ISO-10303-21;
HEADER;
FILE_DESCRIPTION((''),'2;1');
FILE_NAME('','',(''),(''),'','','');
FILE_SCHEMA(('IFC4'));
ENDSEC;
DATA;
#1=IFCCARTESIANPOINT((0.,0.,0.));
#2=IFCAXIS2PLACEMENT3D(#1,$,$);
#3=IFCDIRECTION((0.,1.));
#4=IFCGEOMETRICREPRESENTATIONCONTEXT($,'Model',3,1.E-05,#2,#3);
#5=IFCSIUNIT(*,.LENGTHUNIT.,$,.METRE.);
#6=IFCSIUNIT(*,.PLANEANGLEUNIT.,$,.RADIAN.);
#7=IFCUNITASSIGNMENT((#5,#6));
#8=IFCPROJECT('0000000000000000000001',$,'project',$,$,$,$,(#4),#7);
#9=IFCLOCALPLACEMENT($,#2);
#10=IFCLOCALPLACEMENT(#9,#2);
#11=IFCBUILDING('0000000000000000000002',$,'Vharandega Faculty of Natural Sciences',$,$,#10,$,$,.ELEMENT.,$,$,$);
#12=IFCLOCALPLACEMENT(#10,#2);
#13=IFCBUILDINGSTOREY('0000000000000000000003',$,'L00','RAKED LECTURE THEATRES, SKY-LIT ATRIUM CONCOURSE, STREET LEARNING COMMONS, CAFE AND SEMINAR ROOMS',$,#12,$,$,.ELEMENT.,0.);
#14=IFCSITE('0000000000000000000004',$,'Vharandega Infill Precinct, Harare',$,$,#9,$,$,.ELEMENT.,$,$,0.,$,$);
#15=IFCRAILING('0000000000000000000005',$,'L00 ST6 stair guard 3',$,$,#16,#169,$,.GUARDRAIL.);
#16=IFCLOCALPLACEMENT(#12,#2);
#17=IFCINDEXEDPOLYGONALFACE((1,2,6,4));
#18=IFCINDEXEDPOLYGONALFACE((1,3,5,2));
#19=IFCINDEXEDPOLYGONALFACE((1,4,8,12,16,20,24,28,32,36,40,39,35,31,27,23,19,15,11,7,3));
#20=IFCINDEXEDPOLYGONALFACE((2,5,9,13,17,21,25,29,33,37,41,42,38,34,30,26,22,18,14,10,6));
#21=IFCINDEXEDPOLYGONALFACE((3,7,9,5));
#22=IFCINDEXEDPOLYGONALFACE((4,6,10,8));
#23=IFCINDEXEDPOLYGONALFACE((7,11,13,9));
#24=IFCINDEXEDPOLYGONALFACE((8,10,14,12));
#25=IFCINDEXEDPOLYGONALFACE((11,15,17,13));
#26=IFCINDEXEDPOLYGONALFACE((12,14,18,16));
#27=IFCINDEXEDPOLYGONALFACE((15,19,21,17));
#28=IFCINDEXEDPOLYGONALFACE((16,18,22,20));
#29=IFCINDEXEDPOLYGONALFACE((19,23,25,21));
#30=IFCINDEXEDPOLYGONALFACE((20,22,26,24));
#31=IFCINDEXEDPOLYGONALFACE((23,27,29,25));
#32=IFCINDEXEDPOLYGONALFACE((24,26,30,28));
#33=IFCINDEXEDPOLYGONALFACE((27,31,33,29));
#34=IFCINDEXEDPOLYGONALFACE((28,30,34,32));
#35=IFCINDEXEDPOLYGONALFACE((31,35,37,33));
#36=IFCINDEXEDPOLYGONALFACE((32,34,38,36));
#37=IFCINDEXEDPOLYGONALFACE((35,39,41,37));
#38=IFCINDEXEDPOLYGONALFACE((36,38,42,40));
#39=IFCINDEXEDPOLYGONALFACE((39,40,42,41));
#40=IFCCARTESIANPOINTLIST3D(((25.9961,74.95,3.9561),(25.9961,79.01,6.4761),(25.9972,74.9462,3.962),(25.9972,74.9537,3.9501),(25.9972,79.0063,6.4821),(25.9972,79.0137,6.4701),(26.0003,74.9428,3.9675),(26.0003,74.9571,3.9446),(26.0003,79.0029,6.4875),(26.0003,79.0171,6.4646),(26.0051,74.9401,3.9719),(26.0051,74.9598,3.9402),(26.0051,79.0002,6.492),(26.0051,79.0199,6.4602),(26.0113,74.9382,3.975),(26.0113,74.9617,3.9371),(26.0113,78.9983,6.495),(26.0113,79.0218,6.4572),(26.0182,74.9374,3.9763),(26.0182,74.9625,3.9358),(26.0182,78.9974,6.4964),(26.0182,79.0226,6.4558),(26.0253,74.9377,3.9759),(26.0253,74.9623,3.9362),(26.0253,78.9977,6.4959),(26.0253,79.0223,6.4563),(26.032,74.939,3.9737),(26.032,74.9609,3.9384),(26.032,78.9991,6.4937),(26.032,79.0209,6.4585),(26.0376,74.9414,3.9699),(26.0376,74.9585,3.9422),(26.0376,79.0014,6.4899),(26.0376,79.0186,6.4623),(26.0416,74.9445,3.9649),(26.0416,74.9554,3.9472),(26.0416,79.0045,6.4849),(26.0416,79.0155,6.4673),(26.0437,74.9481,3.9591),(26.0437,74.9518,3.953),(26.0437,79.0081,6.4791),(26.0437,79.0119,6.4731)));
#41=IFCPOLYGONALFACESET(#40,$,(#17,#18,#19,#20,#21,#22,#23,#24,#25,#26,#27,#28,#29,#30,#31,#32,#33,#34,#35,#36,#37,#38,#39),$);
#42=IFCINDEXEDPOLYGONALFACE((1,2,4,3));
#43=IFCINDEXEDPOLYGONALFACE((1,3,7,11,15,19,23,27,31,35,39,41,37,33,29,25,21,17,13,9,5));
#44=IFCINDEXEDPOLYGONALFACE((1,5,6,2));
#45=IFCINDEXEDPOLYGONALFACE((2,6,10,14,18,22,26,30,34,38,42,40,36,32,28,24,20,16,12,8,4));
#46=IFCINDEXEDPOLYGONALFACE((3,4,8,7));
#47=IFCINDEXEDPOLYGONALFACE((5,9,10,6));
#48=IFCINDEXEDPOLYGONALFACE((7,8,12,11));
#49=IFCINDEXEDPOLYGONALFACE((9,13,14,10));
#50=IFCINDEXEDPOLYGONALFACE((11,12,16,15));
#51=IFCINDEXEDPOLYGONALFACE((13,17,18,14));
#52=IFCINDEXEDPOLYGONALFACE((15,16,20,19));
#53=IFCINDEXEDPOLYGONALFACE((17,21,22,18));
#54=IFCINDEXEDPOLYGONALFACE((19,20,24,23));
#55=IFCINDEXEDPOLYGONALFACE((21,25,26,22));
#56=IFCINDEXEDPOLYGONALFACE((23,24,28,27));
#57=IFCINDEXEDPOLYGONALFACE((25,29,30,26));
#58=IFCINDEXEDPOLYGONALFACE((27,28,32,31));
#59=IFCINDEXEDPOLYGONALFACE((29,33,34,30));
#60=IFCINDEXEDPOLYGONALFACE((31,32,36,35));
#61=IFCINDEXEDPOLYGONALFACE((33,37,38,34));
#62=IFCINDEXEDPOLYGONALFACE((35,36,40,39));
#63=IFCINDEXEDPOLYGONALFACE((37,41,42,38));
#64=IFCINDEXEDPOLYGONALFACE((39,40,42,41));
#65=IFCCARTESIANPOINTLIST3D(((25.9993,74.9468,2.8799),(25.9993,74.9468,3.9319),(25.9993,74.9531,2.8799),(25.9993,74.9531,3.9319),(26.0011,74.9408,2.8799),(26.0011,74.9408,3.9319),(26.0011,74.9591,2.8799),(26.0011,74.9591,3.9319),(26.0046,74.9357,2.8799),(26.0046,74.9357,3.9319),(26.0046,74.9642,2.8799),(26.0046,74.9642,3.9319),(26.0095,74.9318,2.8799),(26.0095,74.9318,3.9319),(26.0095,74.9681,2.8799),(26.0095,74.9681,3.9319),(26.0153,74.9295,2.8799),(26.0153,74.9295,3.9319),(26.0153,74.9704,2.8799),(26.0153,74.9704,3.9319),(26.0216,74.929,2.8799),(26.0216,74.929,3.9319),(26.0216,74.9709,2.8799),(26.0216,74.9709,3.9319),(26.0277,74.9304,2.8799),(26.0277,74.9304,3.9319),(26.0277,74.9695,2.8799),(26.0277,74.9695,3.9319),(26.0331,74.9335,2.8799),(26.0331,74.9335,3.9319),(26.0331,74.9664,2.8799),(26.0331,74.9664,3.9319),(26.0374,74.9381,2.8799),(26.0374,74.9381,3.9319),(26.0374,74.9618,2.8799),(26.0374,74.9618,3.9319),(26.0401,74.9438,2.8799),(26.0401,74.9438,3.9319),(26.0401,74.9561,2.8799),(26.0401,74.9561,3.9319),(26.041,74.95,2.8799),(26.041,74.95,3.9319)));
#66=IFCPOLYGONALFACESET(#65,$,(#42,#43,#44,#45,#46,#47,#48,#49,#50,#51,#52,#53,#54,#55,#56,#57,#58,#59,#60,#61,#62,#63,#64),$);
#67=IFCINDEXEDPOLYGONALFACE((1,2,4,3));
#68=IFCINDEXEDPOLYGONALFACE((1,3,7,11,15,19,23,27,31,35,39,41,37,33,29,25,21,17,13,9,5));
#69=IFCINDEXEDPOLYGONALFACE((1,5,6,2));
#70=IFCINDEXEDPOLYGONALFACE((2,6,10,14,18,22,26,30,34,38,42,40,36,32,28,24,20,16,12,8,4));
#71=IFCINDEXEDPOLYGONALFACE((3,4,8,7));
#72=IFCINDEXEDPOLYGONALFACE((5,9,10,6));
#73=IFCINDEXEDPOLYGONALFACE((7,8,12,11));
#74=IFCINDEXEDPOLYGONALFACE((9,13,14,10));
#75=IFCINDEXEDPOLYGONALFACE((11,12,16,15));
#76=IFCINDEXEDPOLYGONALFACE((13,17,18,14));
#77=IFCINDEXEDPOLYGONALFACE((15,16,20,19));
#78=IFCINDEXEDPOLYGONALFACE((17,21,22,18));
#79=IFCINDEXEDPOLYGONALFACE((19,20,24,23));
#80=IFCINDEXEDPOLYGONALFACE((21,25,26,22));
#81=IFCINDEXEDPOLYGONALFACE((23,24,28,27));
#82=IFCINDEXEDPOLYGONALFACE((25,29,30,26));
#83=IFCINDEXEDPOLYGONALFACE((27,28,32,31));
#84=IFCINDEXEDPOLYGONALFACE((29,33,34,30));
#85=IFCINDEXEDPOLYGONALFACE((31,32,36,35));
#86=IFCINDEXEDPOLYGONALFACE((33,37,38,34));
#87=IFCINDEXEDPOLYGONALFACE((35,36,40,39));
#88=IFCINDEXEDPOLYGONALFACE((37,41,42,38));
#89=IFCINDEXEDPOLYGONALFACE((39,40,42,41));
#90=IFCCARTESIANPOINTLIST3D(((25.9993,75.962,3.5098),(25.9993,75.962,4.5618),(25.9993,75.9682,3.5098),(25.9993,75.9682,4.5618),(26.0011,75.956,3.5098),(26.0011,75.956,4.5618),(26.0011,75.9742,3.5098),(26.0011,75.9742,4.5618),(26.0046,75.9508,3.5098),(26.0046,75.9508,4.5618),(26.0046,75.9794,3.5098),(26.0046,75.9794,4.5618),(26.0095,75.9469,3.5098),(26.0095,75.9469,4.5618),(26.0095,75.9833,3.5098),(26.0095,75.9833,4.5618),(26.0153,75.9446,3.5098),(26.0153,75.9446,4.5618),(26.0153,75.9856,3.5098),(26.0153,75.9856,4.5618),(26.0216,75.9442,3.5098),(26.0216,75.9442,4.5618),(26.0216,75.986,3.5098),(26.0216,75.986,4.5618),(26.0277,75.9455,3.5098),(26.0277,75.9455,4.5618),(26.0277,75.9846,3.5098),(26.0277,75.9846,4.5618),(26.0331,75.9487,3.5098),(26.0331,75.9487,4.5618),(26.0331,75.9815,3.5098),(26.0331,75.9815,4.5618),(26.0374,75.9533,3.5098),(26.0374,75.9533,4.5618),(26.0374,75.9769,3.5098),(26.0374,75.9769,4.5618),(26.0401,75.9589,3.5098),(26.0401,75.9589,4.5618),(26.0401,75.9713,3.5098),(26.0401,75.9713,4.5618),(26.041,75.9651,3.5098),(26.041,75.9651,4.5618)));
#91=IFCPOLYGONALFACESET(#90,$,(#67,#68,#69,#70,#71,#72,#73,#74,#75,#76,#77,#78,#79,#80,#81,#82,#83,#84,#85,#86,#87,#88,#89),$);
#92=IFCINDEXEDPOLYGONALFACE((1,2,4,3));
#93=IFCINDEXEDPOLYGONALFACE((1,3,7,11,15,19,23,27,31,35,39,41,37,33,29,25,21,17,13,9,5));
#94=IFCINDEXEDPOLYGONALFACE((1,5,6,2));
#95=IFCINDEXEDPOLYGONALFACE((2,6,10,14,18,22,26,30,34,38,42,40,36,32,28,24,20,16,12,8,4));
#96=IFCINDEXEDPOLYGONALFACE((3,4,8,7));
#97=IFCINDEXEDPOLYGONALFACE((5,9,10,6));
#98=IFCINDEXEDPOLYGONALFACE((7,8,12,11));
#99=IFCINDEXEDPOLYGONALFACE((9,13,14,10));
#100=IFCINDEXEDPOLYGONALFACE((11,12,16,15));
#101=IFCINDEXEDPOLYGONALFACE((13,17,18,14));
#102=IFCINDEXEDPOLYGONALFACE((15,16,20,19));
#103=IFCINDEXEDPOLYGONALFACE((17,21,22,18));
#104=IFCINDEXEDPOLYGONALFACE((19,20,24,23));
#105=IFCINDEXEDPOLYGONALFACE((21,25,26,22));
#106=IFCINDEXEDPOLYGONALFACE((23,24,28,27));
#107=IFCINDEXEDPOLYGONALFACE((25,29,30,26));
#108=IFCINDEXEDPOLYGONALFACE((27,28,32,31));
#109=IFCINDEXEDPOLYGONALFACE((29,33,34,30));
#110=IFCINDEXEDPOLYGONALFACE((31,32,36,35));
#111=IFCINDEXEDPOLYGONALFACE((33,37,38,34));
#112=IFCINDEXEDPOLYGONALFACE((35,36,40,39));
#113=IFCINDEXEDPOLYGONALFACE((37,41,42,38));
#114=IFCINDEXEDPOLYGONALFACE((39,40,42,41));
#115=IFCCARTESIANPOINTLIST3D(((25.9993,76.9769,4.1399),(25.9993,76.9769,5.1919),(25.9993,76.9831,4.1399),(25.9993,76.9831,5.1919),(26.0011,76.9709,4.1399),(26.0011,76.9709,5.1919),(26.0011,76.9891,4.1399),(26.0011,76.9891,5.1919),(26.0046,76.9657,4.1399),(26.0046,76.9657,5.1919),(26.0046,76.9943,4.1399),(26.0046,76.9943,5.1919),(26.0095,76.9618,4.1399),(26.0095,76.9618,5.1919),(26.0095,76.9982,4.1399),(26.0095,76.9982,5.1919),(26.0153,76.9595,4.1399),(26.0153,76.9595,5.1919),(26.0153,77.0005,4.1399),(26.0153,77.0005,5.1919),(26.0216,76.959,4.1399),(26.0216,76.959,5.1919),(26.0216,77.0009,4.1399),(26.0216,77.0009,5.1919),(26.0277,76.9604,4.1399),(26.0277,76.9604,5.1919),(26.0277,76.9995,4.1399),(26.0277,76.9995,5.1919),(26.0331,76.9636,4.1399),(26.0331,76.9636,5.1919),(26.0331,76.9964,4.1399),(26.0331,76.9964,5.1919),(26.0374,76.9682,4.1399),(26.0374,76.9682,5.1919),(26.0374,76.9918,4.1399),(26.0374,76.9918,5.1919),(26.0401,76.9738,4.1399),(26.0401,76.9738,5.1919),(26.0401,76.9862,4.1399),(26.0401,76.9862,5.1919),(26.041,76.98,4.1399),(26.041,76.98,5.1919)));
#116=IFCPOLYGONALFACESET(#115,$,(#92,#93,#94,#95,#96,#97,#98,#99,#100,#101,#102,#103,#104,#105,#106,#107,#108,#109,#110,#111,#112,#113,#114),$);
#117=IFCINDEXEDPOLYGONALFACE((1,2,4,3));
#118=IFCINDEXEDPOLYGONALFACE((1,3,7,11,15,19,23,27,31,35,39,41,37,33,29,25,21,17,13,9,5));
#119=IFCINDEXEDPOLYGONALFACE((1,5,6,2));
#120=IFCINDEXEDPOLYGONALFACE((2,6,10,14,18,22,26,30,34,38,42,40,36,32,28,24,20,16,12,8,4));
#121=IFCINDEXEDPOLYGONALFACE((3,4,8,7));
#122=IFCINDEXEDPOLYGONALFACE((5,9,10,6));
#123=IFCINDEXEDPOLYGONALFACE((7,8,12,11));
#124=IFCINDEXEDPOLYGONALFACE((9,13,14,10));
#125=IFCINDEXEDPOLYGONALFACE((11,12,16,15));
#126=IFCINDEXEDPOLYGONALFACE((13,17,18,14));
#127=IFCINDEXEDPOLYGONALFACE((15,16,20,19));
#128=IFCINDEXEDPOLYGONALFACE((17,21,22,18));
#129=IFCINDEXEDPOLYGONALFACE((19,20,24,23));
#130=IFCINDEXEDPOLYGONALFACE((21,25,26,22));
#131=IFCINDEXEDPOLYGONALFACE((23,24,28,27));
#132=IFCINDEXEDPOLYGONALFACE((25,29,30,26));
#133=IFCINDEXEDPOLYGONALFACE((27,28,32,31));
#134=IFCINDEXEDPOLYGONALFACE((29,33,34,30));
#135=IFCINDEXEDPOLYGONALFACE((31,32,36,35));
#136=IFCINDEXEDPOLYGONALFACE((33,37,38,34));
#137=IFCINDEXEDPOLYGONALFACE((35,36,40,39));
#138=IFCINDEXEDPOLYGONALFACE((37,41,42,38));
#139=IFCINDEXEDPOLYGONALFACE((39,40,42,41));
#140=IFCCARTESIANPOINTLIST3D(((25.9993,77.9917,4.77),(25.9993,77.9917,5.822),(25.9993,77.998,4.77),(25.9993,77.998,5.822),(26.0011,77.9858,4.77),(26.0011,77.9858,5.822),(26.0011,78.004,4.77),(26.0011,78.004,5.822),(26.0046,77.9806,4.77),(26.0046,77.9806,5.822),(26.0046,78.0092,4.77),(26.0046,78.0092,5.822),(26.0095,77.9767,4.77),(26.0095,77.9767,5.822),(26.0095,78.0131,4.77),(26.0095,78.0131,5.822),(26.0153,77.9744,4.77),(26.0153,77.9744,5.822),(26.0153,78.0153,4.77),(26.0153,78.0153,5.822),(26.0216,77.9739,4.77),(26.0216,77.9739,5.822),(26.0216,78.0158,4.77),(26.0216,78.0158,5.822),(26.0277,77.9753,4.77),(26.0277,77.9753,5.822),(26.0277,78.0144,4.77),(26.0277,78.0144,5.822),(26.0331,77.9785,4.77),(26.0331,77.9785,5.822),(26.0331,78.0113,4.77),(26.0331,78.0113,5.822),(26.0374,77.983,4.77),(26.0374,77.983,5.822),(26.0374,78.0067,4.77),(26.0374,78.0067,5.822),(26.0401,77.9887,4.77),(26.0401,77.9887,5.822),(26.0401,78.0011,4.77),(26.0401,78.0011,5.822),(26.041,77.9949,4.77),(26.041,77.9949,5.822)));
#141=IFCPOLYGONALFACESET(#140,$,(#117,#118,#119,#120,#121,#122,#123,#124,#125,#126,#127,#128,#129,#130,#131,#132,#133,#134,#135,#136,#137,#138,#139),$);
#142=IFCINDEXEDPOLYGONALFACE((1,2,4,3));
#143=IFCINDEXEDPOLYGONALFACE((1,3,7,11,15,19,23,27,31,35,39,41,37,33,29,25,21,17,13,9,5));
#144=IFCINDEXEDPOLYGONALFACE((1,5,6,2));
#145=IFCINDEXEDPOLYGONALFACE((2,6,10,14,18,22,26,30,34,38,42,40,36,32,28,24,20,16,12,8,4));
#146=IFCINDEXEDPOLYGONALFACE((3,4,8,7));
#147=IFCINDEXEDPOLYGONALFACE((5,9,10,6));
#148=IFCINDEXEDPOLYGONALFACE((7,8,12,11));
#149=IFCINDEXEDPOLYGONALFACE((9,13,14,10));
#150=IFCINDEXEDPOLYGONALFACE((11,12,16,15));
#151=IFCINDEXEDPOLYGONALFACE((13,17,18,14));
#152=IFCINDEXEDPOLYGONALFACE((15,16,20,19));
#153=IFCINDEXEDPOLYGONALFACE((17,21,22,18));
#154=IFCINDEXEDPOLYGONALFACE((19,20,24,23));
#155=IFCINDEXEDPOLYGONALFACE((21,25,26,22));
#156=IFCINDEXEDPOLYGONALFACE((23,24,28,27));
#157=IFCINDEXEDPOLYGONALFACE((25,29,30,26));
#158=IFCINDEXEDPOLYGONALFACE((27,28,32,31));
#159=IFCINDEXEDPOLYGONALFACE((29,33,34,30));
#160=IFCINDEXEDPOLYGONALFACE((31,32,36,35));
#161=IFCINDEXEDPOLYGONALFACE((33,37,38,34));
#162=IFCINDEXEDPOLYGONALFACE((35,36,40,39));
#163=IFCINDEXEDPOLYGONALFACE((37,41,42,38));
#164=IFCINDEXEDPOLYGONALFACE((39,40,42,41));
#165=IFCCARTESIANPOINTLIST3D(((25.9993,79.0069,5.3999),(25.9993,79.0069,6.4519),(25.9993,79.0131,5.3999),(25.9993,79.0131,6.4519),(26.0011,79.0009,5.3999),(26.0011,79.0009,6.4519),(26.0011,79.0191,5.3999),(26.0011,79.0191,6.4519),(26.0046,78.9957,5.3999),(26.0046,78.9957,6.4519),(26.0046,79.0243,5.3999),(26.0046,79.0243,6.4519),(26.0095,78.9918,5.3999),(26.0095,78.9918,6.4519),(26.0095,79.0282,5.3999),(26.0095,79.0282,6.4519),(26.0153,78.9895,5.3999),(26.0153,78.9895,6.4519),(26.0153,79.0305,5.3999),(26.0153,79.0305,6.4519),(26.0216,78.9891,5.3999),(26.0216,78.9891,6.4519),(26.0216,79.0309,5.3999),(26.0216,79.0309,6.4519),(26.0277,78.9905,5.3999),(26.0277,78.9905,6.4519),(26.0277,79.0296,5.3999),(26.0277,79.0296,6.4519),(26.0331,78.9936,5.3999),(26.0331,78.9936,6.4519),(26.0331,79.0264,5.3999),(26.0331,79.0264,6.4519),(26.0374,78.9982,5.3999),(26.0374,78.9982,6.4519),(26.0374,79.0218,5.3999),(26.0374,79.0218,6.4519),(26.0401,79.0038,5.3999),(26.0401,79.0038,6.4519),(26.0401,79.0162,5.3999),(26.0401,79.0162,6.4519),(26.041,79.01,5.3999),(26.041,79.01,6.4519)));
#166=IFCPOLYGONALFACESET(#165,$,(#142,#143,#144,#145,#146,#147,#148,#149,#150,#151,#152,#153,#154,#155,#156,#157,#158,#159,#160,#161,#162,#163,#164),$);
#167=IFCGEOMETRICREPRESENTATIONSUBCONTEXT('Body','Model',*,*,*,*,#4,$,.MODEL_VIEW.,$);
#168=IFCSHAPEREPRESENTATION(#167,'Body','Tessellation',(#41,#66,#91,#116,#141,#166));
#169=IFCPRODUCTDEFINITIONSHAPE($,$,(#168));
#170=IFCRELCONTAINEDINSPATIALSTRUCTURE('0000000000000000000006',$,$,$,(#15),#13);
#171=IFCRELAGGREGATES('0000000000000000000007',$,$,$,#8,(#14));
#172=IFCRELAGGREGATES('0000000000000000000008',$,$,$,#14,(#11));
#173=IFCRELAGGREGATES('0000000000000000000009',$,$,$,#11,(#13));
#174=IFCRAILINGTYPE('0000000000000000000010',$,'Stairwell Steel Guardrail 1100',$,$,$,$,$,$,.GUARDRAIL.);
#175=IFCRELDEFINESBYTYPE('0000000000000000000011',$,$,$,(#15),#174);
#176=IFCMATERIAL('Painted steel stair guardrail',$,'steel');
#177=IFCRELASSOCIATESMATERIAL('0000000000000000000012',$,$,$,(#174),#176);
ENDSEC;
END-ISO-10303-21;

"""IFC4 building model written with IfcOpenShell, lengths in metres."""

from ifc_helpers import new_model, si_unit, direction, frame, origin, origin_2d, place, context, subcontext, project, spatial, circle, extrude, material, type_object, element, save


model = new_model("IFC4")

# Units and contexts
model_context = context("Model", 3, precision=1e-05, world=origin(), true_north=direction((0.0, 1.0)))
body_context = subcontext(model_context, "Body", "Model", "MODEL_VIEW")
ifc_project = project(units=[si_unit("LENGTHUNIT", "METRE"), si_unit("PLANEANGLEUNIT", "RADIAN")], contexts=[model_context])

# Site, building, storey
site_placement = place(None, origin())
site = spatial("IfcSite", under=ifc_project, at=site_placement, Name="Vharandega Infill Precinct, Harare", CompositionType="ELEMENT", RefElevation=0.0)
building_placement = place(site_placement, origin())
building = spatial("IfcBuilding", under=site, at=building_placement, Name="Vharandega Faculty of Natural Sciences", CompositionType="ELEMENT")
storey_placement = place(building_placement, origin())
storey = spatial("IfcBuildingStorey", under=building, at=storey_placement, Name="L00", Description="RAKED LECTURE THEATRES, SKY-LIT ATRIUM CONCOURSE, STREET LEARNING COMMONS, CAFE AND SEMINAR ROOMS", CompositionType="ELEMENT", Elevation=0.0)

# Railing
ifc_material_1 = material(Name="Painted steel stair guardrail", Category="steel")
railing_type_1 = type_object("IfcRailingType", Name="Stairwell Steel Guardrail 1100", PredefinedType="GUARDRAIL", material=ifc_material_1)
railing_1_placement = place(storey_placement, frame((26.02, 74.95, 2.8799)))
element("IfcRailing", 1, at=railing_1_placement, inside=storey, type_object=railing_type_1, Name="L00 ST6 stair guard 3", PredefinedType="GUARDRAIL", context=body_context, shape_type="SweptSolid", body=[
    extrude(circle(Radius=0.0239, at=origin_2d()), frame((0.0, 0.0, 1.0762), z_axis=(0.0, 0.849642, 0.52736), x_axis=(-1.0, 0.0, 0.0)), (0.0, 0.0, 1.0), 4.7786),
    extrude(circle(Radius=0.021, at=origin_2d()), origin(), (0.0, 0.0, 1.0), 1.052),
    extrude(circle(Radius=0.021, at=origin_2d()), frame((0.0, 1.0151, 0.6299)), (0.0, 0.0, 1.0), 1.052),
    extrude(circle(Radius=0.021, at=origin_2d()), frame((0.0, 2.03, 1.26)), (0.0, 0.0, 1.0), 1.052),
    extrude(circle(Radius=0.021, at=origin_2d()), frame((0.0, 3.0449, 1.8901)), (0.0, 0.0, 1.0), 1.052),
    extrude(circle(Radius=0.021, at=origin_2d()), frame((0.0, 4.0601, 2.52)), (0.0, 0.0, 1.0), 1.052),
])

save(model, "model.ifc")
